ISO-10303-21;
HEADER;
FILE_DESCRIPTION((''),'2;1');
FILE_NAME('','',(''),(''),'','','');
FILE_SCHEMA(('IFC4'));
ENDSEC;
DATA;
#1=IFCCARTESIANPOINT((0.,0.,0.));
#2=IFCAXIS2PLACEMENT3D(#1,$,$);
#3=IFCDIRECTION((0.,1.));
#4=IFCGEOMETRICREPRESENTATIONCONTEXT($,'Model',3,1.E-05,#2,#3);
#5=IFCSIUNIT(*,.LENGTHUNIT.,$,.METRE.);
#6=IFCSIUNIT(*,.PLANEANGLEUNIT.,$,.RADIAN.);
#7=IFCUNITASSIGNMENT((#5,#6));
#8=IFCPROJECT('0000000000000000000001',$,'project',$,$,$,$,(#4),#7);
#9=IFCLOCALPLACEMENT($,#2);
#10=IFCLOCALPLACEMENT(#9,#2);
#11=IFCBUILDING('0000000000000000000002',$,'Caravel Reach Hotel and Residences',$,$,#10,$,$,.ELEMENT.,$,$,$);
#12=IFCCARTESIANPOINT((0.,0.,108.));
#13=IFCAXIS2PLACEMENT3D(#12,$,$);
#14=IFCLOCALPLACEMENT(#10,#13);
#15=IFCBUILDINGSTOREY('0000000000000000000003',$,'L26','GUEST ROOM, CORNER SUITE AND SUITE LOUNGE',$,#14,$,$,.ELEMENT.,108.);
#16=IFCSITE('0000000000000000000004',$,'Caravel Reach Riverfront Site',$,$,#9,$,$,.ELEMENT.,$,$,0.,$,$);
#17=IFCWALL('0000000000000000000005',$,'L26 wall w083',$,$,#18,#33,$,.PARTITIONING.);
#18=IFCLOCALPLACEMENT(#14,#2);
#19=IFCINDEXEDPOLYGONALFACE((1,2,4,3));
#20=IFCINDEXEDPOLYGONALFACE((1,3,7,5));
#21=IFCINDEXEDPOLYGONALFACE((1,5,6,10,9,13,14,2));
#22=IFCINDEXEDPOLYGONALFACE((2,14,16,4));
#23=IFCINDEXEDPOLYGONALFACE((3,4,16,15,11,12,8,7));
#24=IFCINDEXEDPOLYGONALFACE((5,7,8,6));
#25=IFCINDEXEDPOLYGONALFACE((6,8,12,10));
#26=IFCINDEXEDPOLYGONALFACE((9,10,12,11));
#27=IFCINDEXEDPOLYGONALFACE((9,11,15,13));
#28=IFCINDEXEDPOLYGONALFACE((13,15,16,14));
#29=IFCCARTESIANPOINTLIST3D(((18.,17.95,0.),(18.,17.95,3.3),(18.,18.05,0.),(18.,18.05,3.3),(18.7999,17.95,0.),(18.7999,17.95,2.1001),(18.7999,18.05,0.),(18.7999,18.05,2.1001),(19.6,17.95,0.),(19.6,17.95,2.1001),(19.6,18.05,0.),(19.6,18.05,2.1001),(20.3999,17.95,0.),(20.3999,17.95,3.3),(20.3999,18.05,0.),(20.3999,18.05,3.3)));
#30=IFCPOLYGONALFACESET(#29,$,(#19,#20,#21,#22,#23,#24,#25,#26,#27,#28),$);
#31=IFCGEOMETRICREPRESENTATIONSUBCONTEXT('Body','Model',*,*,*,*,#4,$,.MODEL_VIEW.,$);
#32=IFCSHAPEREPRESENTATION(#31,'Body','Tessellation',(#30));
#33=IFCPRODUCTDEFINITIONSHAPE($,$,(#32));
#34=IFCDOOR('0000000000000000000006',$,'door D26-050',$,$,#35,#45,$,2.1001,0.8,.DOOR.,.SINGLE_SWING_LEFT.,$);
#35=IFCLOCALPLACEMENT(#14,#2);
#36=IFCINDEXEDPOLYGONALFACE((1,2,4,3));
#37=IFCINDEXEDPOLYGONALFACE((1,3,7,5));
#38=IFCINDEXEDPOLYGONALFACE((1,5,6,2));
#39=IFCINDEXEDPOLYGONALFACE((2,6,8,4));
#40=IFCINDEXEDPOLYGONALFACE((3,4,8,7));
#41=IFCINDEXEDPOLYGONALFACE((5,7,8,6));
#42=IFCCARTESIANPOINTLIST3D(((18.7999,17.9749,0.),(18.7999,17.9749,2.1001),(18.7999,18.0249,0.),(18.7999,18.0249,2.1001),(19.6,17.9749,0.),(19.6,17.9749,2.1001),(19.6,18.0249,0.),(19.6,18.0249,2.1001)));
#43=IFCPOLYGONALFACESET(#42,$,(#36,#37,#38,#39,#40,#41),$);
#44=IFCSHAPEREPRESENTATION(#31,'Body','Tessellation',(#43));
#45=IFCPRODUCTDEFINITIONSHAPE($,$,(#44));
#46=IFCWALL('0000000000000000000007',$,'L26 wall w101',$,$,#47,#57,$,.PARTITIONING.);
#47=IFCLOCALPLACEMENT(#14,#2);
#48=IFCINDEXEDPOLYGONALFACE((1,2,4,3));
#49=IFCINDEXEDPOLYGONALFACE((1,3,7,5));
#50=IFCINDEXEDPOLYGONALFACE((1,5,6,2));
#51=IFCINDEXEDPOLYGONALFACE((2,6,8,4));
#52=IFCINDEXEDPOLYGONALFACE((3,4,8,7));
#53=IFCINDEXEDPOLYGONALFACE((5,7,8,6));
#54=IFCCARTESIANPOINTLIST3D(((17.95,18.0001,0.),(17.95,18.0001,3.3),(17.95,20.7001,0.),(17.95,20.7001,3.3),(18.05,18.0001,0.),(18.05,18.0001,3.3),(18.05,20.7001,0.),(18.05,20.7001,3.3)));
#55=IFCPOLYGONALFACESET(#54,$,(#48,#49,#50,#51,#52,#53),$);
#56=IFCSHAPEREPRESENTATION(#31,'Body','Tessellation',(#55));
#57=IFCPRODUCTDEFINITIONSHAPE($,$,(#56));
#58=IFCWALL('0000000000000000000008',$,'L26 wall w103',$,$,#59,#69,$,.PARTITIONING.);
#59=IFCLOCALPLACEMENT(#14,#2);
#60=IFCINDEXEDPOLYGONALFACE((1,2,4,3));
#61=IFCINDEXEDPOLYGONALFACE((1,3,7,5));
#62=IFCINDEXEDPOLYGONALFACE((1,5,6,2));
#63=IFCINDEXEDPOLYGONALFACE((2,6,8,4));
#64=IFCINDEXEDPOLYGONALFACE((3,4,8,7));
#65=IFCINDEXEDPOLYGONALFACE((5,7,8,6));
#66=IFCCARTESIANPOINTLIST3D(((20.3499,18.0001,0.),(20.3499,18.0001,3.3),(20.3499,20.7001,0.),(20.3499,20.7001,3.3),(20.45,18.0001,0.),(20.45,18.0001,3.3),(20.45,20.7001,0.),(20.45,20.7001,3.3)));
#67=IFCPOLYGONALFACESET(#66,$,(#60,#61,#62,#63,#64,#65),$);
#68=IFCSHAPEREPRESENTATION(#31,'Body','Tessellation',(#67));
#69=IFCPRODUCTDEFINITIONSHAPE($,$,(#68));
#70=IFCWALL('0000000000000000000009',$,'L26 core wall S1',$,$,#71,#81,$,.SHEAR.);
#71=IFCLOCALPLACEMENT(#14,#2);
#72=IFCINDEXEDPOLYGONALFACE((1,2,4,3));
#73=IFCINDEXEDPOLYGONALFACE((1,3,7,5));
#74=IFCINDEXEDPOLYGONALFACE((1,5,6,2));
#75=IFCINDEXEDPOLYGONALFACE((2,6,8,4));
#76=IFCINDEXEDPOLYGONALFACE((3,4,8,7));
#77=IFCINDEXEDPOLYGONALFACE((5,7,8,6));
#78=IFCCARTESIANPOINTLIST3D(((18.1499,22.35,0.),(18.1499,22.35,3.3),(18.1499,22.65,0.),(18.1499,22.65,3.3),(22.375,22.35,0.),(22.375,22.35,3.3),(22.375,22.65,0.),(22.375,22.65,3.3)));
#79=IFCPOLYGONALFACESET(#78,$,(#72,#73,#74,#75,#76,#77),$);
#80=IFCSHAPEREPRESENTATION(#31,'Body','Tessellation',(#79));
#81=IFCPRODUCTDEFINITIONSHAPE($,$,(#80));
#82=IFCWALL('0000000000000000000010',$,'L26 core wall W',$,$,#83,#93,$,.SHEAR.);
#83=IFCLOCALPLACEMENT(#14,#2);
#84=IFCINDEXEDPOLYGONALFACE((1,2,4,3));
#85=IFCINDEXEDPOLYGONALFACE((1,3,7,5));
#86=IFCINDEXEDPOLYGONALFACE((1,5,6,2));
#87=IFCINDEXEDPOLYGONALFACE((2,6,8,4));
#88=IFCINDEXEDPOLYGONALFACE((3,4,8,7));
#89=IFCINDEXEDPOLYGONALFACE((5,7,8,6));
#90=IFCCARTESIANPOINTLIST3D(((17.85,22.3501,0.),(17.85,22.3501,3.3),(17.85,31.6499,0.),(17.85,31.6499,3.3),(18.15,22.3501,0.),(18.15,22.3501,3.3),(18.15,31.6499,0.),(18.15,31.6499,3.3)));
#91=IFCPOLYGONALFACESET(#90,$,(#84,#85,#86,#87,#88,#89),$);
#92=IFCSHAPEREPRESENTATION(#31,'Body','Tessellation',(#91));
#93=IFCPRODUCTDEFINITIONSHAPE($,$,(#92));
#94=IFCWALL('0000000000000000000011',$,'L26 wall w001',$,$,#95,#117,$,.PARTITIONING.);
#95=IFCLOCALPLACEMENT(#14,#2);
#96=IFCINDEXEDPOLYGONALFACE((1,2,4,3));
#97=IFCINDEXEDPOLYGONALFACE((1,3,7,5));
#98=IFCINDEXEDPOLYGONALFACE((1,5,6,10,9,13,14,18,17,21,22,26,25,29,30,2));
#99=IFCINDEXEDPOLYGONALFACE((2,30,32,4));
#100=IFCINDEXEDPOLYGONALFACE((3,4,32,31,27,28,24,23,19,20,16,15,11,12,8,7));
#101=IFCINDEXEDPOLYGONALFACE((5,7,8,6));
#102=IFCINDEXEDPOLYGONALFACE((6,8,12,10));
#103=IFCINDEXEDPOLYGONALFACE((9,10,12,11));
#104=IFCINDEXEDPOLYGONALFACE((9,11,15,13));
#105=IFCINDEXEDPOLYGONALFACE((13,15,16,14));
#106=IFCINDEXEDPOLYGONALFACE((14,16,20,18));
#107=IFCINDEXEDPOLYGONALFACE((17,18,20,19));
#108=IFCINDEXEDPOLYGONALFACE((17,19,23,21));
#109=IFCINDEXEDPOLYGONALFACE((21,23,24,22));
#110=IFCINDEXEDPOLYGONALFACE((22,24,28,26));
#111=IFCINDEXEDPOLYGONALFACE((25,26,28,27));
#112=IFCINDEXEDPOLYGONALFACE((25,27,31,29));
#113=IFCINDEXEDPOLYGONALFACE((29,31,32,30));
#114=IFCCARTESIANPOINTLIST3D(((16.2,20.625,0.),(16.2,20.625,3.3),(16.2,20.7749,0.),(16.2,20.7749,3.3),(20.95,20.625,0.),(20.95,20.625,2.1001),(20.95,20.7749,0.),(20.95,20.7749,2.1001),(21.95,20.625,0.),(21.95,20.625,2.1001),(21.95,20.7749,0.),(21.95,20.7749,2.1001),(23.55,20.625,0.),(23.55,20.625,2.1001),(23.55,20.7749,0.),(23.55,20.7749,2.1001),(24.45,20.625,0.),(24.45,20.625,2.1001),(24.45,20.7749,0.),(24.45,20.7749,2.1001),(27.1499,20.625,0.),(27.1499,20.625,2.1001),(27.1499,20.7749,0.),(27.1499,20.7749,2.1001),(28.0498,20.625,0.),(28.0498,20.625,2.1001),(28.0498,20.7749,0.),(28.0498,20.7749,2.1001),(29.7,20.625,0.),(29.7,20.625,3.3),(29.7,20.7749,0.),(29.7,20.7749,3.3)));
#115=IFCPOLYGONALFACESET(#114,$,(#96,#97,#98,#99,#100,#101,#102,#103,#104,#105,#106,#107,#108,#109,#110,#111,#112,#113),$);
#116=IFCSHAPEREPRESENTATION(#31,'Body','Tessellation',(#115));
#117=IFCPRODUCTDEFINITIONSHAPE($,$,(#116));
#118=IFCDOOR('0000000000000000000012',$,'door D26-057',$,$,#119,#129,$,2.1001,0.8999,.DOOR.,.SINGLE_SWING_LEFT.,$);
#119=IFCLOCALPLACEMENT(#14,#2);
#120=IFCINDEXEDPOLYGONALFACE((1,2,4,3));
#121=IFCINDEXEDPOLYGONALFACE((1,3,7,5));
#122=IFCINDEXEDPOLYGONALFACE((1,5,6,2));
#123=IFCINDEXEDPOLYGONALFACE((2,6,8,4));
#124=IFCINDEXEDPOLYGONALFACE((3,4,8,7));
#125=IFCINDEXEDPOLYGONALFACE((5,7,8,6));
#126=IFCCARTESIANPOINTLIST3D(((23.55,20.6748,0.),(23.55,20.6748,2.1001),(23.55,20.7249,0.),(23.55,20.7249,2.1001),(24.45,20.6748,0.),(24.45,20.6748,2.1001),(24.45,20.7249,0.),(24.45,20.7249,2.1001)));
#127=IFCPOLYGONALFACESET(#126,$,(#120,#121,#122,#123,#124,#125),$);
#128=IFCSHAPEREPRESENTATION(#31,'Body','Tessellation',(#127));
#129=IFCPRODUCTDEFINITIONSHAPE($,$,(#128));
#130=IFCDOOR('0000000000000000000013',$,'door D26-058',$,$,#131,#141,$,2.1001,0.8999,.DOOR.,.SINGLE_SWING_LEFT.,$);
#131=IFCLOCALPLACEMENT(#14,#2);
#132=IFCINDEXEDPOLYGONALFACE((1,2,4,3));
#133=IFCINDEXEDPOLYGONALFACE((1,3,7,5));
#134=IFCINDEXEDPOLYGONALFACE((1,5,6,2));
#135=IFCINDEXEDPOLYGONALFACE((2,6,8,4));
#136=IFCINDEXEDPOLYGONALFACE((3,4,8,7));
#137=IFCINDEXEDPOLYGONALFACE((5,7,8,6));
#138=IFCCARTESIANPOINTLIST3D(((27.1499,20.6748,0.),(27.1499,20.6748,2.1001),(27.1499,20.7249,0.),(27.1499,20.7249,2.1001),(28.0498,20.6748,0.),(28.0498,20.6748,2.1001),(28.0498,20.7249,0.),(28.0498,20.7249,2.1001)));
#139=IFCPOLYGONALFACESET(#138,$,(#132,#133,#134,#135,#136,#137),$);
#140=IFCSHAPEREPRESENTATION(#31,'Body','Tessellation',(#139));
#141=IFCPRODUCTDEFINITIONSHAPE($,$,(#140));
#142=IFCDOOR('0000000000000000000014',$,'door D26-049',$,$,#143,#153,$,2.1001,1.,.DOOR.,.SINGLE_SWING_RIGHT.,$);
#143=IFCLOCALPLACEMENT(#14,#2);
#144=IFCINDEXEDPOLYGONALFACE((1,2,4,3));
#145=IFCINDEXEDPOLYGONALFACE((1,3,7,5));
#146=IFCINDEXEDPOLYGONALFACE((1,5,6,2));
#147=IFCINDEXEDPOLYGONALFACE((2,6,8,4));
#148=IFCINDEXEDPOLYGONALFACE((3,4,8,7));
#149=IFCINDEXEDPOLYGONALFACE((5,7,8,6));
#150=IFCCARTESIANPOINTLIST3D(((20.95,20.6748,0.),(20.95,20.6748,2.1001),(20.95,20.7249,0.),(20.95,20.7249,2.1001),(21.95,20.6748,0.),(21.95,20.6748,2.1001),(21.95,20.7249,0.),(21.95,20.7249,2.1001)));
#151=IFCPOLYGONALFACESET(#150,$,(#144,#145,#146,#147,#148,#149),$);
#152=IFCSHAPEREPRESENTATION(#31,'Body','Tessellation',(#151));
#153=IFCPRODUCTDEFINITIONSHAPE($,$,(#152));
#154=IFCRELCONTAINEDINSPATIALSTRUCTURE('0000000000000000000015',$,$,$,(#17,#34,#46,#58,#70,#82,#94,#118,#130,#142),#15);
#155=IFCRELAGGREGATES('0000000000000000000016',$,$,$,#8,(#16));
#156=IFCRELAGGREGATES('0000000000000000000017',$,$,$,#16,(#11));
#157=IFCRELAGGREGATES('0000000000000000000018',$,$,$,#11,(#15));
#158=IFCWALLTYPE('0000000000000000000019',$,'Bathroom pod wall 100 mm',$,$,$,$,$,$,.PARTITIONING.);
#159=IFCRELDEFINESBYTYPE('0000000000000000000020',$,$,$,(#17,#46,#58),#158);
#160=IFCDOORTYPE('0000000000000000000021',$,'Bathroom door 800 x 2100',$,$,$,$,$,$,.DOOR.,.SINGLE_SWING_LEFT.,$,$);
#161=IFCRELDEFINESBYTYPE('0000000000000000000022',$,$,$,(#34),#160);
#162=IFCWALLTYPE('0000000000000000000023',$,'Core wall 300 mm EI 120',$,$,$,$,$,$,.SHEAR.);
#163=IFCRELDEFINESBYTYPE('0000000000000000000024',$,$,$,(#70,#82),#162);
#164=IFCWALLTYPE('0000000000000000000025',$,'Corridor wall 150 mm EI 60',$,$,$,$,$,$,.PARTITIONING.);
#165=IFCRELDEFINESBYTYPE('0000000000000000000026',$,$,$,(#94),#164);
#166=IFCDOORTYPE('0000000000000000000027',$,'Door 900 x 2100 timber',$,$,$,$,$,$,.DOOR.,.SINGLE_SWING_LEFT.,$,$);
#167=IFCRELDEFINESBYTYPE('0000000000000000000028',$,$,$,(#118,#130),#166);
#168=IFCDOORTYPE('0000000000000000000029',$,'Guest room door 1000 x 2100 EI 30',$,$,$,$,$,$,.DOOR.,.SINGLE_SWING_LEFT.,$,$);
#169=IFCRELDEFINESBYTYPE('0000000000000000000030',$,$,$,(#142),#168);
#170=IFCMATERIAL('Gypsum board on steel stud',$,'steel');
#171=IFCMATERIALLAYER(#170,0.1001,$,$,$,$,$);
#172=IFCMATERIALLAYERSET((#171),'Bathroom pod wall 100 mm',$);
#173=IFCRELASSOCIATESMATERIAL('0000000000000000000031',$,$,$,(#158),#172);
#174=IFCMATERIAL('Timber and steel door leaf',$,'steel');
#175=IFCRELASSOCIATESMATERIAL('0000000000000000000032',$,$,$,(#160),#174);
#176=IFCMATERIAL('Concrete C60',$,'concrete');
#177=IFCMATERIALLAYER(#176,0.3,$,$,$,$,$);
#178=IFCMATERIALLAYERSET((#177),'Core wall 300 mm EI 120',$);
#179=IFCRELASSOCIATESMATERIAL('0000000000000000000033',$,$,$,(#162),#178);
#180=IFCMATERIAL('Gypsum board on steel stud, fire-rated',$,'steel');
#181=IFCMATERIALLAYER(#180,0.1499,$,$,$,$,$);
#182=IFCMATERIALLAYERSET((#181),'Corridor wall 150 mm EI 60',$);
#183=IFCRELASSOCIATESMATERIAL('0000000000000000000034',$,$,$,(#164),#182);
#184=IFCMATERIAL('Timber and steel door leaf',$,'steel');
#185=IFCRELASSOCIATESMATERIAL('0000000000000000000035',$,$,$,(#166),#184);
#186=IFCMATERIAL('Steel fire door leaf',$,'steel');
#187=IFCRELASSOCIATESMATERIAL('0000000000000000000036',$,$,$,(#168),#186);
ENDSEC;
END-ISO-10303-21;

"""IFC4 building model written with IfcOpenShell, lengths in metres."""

from ifc_helpers import new_model, si_unit, direction, frame, frame_2d, origin, place, context, subcontext, project, spatial, rectangle, extrude, material, layer, layer_set, type_object, element, fill, save


model = new_model("IFC4")

# Units and contexts
model_context = context("Model", 3, precision=1e-05, world=origin(), true_north=direction((0.0, 1.0)))
body_context = subcontext(model_context, "Body", "Model", "MODEL_VIEW")
ifc_project = project(units=[si_unit("LENGTHUNIT", "METRE"), si_unit("PLANEANGLEUNIT", "RADIAN")], contexts=[model_context])

# Site, building, storey
site_placement = place(None, origin())
site = spatial("IfcSite", under=ifc_project, at=site_placement, Name="Caravel Reach Riverfront Site", CompositionType="ELEMENT", RefElevation=0.0)
building_placement = place(site_placement, origin())
building = spatial("IfcBuilding", under=site, at=building_placement, Name="Caravel Reach Hotel and Residences", CompositionType="ELEMENT")
storey_placement = place(building_placement, frame((0.0, 0.0, 108.0)))
storey = spatial("IfcBuildingStorey", under=building, at=storey_placement, Name="L26", Description="GUEST ROOM, CORNER SUITE AND SUITE LOUNGE", CompositionType="ELEMENT", Elevation=108.0)

# Wall, opening, door
ifc_material_1 = material(Name="Gypsum board on steel stud", Category="steel")
ifc_layer_1 = layer(ifc_material_1, 0.1001)
ifc_layer_set_1 = layer_set([ifc_layer_1], Name="Bathroom pod wall 100 mm")
wall_type_1 = type_object("IfcWallType", Name="Bathroom pod wall 100 mm", PredefinedType="PARTITIONING", material=ifc_layer_set_1)
wall_1_placement = place(storey_placement, frame((18.0, 18.0, 0.0), z_axis=(0.0, 0.0, 1.0), x_axis=(1.0, 0.0, 0.0)))
wall_1 = element("IfcWall", 1, at=wall_1_placement, inside=storey, type_object=wall_type_1, Name="L26 wall w083", PredefinedType="PARTITIONING", context=body_context, shape_type="SweptSolid", body=[
    extrude(rectangle(XDim=2.3999, YDim=0.1001, at=frame_2d((1.2, 0.0))), origin(), (0.0, 0.0, 1.0), 3.3),
])
opening_1_placement = place(wall_1_placement, frame((0.8, 0.0, 0.0)))
opening_1 = element("IfcOpeningElement", 2, at=opening_1_placement, cuts=wall_1, PredefinedType="OPENING", context=body_context, shape_type="SweptSolid", body=[
    extrude(rectangle(XDim=0.8, YDim=2.1001, at=frame_2d((0.3999, 1.05))), frame((0.0, 0.0601, 0.0), z_axis=(0.0, -1.0, 0.0), x_axis=(1.0, 0.0, 0.0)), (0.0, 0.0, 1.0), 0.1201),
])
ifc_material_2 = material(Name="Timber and steel door leaf", Category="steel")
door_type_1 = type_object("IfcDoorType", Name="Bathroom door 800 x 2100", OperationType="SINGLE_SWING_LEFT", PredefinedType="DOOR", material=ifc_material_2)
door_1_placement = place(opening_1_placement, origin())
door_1 = element("IfcDoor", 3, at=door_1_placement, inside=storey, type_object=door_type_1, Name="door D26-050", OperationType="SINGLE_SWING_LEFT", OverallHeight=2.1001, OverallWidth=0.8, PredefinedType="DOOR", context=body_context, shape_type="SweptSolid", body=[
    extrude(rectangle(XDim=0.8, YDim=2.1001, at=frame_2d((0.3999, 1.05))), frame((0.0, 0.0249, 0.0), z_axis=(0.0, -1.0, 0.0), x_axis=(1.0, 0.0, 0.0)), (0.0, 0.0, 1.0), 0.05),
])
fill(opening_1, door_1)

# Walls
for number, where, z_axis, x_axis, name in (
    (4, (18.0, 18.0, 0.0), (0.0, 0.0, 1.0), (0.0, 1.0, 0.0), "L26 wall w101"),
    (5, (20.3999, 18.0, 0.0), (0.0, 0.0, 1.0), (0.0, 1.0, 0.0), "L26 wall w103"),
):
    element("IfcWall", number, at=place(storey_placement, frame(where, z_axis=z_axis, x_axis=x_axis)), inside=storey, type_object=wall_type_1, Name=name, PredefinedType="PARTITIONING", context=body_context, shape_type="SweptSolid", body=[
        extrude(rectangle(XDim=2.7, YDim=0.1001, at=frame_2d((1.3501, 0.0))), origin(), (0.0, 0.0, 1.0), 3.3),
    ])
ifc_material_3 = material(Name="Concrete C60", Category="concrete")
ifc_layer_2 = layer(ifc_material_3, 0.3)
ifc_layer_set_2 = layer_set([ifc_layer_2], Name="Core wall 300 mm EI 120")
wall_type_2 = type_object("IfcWallType", Name="Core wall 300 mm EI 120", PredefinedType="SHEAR", material=ifc_layer_set_2)
wall_2_placement = place(storey_placement, frame((18.1499, 22.5, 0.0), z_axis=(0.0, 0.0, 1.0), x_axis=(1.0, 0.0, 0.0)))
element("IfcWall", 6, at=wall_2_placement, inside=storey, type_object=wall_type_2, Name="L26 core wall S1", PredefinedType="SHEAR", context=body_context, shape_type="SweptSolid", body=[
    extrude(rectangle(XDim=4.2251, YDim=0.3, at=frame_2d((2.1125, 0.0))), origin(), (0.0, 0.0, 1.0), 3.3),
])
wall_3_placement = place(storey_placement, frame((18.0, 22.3501, 0.0), z_axis=(0.0, 0.0, 1.0), x_axis=(0.0, 1.0, 0.0)))
element("IfcWall", 7, at=wall_3_placement, inside=storey, type_object=wall_type_2, Name="L26 core wall W", PredefinedType="SHEAR", context=body_context, shape_type="SweptSolid", body=[
    extrude(rectangle(XDim=9.2998, YDim=0.3, at=frame_2d((4.6499, 0.0))), origin(), (0.0, 0.0, 1.0), 3.3),
])

# Wall, openings, doors
ifc_material_4 = material(Name="Gypsum board on steel stud, fire-rated", Category="steel")
ifc_layer_3 = layer(ifc_material_4, 0.1499)
ifc_layer_set_3 = layer_set([ifc_layer_3], Name="Corridor wall 150 mm EI 60")
wall_type_3 = type_object("IfcWallType", Name="Corridor wall 150 mm EI 60", PredefinedType="PARTITIONING", material=ifc_layer_set_3)
wall_4_placement = place(storey_placement, frame((16.2, 20.7, 0.0), z_axis=(0.0, 0.0, 1.0), x_axis=(1.0, 0.0, 0.0)))
wall_4 = element("IfcWall", 8, at=wall_4_placement, inside=storey, type_object=wall_type_3, Name="L26 wall w001", PredefinedType="PARTITIONING", context=body_context, shape_type="SweptSolid", body=[
    extrude(rectangle(XDim=13.5, YDim=0.1499, at=frame_2d((6.75, 0.0))), origin(), (0.0, 0.0, 1.0), 3.3),
])
opening_2_placement = place(wall_4_placement, frame((4.75, 0.0, 0.0)))
opening_2 = element("IfcOpeningElement", 9, at=opening_2_placement, cuts=wall_4, PredefinedType="OPENING", context=body_context, shape_type="SweptSolid", body=[
    extrude(rectangle(XDim=1.0, YDim=2.1001, at=frame_2d((0.5, 1.05))), frame((0.0, 0.085, 0.0), z_axis=(0.0, -1.0, 0.0), x_axis=(1.0, 0.0, 0.0)), (0.0, 0.0, 1.0), 0.1699),
])
opening_3_placement = place(wall_4_placement, frame((7.3501, 0.0, 0.0)))
opening_3 = element("IfcOpeningElement", 10, at=opening_3_placement, cuts=wall_4, PredefinedType="OPENING", context=body_context, shape_type="SweptSolid", body=[
    extrude(rectangle(XDim=0.8999, YDim=2.1001, at=frame_2d((0.45, 1.05))), frame((0.0, 0.085, 0.0), z_axis=(0.0, -1.0, 0.0), x_axis=(1.0, 0.0, 0.0)), (0.0, 0.0, 1.0), 0.1699),
])
opening_4_placement = place(wall_4_placement, frame((10.95, 0.0, 0.0)))
opening_4 = element("IfcOpeningElement", 11, at=opening_4_placement, cuts=wall_4, PredefinedType="OPENING", context=body_context, shape_type="SweptSolid", body=[
    extrude(rectangle(XDim=0.8999, YDim=2.1001, at=frame_2d((0.45, 1.05))), frame((0.0, 0.085, 0.0), z_axis=(0.0, -1.0, 0.0), x_axis=(1.0, 0.0, 0.0)), (0.0, 0.0, 1.0), 0.1699),
])
ifc_material_5 = material(Name="Timber and steel door leaf", Category="steel")
door_type_2 = type_object("IfcDoorType", Name="Door 900 x 2100 timber", OperationType="SINGLE_SWING_LEFT", PredefinedType="DOOR", material=ifc_material_5)
door_2_placement = place(opening_3_placement, origin())
door_2 = element("IfcDoor", 12, at=door_2_placement, inside=storey, type_object=door_type_2, Name="door D26-057", OperationType="SINGLE_SWING_LEFT", OverallHeight=2.1001, OverallWidth=0.8999, PredefinedType="DOOR", context=body_context, shape_type="SweptSolid", body=[
    extrude(rectangle(XDim=0.8999, YDim=2.1001, at=frame_2d((0.45, 1.05))), frame((0.0, 0.0249, 0.0), z_axis=(0.0, -1.0, 0.0), x_axis=(1.0, 0.0, 0.0)), (0.0, 0.0, 1.0), 0.05),
])
fill(opening_3, door_2)
door_3_placement = place(opening_4_placement, origin())
door_3 = element("IfcDoor", 13, at=door_3_placement, inside=storey, type_object=door_type_2, Name="door D26-058", OperationType="SINGLE_SWING_LEFT", OverallHeight=2.1001, OverallWidth=0.8999, PredefinedType="DOOR", context=body_context, shape_type="SweptSolid", body=[
    extrude(rectangle(XDim=0.8999, YDim=2.1001, at=frame_2d((0.45, 1.05))), frame((0.0, 0.0249, 0.0), z_axis=(0.0, -1.0, 0.0), x_axis=(1.0, 0.0, 0.0)), (0.0, 0.0, 1.0), 0.05),
])
fill(opening_4, door_3)
ifc_material_6 = material(Name="Steel fire door leaf", Category="steel")
door_type_3 = type_object("IfcDoorType", Name="Guest room door 1000 x 2100 EI 30", OperationType="SINGLE_SWING_LEFT", PredefinedType="DOOR", material=ifc_material_6)
door_4_placement = place(opening_2_placement, origin())
door_4 = element("IfcDoor", 14, at=door_4_placement, inside=storey, type_object=door_type_3, Name="door D26-049", OperationType="SINGLE_SWING_RIGHT", OverallHeight=2.1001, OverallWidth=1.0, PredefinedType="DOOR", context=body_context, shape_type="SweptSolid", body=[
    extrude(rectangle(XDim=1.0, YDim=2.1001, at=frame_2d((0.5, 1.05))), frame((0.0, 0.0249, 0.0), z_axis=(0.0, -1.0, 0.0), x_axis=(1.0, 0.0, 0.0)), (0.0, 0.0, 1.0), 0.05),
])
fill(opening_2, door_4)

save(model, "model.ifc")
